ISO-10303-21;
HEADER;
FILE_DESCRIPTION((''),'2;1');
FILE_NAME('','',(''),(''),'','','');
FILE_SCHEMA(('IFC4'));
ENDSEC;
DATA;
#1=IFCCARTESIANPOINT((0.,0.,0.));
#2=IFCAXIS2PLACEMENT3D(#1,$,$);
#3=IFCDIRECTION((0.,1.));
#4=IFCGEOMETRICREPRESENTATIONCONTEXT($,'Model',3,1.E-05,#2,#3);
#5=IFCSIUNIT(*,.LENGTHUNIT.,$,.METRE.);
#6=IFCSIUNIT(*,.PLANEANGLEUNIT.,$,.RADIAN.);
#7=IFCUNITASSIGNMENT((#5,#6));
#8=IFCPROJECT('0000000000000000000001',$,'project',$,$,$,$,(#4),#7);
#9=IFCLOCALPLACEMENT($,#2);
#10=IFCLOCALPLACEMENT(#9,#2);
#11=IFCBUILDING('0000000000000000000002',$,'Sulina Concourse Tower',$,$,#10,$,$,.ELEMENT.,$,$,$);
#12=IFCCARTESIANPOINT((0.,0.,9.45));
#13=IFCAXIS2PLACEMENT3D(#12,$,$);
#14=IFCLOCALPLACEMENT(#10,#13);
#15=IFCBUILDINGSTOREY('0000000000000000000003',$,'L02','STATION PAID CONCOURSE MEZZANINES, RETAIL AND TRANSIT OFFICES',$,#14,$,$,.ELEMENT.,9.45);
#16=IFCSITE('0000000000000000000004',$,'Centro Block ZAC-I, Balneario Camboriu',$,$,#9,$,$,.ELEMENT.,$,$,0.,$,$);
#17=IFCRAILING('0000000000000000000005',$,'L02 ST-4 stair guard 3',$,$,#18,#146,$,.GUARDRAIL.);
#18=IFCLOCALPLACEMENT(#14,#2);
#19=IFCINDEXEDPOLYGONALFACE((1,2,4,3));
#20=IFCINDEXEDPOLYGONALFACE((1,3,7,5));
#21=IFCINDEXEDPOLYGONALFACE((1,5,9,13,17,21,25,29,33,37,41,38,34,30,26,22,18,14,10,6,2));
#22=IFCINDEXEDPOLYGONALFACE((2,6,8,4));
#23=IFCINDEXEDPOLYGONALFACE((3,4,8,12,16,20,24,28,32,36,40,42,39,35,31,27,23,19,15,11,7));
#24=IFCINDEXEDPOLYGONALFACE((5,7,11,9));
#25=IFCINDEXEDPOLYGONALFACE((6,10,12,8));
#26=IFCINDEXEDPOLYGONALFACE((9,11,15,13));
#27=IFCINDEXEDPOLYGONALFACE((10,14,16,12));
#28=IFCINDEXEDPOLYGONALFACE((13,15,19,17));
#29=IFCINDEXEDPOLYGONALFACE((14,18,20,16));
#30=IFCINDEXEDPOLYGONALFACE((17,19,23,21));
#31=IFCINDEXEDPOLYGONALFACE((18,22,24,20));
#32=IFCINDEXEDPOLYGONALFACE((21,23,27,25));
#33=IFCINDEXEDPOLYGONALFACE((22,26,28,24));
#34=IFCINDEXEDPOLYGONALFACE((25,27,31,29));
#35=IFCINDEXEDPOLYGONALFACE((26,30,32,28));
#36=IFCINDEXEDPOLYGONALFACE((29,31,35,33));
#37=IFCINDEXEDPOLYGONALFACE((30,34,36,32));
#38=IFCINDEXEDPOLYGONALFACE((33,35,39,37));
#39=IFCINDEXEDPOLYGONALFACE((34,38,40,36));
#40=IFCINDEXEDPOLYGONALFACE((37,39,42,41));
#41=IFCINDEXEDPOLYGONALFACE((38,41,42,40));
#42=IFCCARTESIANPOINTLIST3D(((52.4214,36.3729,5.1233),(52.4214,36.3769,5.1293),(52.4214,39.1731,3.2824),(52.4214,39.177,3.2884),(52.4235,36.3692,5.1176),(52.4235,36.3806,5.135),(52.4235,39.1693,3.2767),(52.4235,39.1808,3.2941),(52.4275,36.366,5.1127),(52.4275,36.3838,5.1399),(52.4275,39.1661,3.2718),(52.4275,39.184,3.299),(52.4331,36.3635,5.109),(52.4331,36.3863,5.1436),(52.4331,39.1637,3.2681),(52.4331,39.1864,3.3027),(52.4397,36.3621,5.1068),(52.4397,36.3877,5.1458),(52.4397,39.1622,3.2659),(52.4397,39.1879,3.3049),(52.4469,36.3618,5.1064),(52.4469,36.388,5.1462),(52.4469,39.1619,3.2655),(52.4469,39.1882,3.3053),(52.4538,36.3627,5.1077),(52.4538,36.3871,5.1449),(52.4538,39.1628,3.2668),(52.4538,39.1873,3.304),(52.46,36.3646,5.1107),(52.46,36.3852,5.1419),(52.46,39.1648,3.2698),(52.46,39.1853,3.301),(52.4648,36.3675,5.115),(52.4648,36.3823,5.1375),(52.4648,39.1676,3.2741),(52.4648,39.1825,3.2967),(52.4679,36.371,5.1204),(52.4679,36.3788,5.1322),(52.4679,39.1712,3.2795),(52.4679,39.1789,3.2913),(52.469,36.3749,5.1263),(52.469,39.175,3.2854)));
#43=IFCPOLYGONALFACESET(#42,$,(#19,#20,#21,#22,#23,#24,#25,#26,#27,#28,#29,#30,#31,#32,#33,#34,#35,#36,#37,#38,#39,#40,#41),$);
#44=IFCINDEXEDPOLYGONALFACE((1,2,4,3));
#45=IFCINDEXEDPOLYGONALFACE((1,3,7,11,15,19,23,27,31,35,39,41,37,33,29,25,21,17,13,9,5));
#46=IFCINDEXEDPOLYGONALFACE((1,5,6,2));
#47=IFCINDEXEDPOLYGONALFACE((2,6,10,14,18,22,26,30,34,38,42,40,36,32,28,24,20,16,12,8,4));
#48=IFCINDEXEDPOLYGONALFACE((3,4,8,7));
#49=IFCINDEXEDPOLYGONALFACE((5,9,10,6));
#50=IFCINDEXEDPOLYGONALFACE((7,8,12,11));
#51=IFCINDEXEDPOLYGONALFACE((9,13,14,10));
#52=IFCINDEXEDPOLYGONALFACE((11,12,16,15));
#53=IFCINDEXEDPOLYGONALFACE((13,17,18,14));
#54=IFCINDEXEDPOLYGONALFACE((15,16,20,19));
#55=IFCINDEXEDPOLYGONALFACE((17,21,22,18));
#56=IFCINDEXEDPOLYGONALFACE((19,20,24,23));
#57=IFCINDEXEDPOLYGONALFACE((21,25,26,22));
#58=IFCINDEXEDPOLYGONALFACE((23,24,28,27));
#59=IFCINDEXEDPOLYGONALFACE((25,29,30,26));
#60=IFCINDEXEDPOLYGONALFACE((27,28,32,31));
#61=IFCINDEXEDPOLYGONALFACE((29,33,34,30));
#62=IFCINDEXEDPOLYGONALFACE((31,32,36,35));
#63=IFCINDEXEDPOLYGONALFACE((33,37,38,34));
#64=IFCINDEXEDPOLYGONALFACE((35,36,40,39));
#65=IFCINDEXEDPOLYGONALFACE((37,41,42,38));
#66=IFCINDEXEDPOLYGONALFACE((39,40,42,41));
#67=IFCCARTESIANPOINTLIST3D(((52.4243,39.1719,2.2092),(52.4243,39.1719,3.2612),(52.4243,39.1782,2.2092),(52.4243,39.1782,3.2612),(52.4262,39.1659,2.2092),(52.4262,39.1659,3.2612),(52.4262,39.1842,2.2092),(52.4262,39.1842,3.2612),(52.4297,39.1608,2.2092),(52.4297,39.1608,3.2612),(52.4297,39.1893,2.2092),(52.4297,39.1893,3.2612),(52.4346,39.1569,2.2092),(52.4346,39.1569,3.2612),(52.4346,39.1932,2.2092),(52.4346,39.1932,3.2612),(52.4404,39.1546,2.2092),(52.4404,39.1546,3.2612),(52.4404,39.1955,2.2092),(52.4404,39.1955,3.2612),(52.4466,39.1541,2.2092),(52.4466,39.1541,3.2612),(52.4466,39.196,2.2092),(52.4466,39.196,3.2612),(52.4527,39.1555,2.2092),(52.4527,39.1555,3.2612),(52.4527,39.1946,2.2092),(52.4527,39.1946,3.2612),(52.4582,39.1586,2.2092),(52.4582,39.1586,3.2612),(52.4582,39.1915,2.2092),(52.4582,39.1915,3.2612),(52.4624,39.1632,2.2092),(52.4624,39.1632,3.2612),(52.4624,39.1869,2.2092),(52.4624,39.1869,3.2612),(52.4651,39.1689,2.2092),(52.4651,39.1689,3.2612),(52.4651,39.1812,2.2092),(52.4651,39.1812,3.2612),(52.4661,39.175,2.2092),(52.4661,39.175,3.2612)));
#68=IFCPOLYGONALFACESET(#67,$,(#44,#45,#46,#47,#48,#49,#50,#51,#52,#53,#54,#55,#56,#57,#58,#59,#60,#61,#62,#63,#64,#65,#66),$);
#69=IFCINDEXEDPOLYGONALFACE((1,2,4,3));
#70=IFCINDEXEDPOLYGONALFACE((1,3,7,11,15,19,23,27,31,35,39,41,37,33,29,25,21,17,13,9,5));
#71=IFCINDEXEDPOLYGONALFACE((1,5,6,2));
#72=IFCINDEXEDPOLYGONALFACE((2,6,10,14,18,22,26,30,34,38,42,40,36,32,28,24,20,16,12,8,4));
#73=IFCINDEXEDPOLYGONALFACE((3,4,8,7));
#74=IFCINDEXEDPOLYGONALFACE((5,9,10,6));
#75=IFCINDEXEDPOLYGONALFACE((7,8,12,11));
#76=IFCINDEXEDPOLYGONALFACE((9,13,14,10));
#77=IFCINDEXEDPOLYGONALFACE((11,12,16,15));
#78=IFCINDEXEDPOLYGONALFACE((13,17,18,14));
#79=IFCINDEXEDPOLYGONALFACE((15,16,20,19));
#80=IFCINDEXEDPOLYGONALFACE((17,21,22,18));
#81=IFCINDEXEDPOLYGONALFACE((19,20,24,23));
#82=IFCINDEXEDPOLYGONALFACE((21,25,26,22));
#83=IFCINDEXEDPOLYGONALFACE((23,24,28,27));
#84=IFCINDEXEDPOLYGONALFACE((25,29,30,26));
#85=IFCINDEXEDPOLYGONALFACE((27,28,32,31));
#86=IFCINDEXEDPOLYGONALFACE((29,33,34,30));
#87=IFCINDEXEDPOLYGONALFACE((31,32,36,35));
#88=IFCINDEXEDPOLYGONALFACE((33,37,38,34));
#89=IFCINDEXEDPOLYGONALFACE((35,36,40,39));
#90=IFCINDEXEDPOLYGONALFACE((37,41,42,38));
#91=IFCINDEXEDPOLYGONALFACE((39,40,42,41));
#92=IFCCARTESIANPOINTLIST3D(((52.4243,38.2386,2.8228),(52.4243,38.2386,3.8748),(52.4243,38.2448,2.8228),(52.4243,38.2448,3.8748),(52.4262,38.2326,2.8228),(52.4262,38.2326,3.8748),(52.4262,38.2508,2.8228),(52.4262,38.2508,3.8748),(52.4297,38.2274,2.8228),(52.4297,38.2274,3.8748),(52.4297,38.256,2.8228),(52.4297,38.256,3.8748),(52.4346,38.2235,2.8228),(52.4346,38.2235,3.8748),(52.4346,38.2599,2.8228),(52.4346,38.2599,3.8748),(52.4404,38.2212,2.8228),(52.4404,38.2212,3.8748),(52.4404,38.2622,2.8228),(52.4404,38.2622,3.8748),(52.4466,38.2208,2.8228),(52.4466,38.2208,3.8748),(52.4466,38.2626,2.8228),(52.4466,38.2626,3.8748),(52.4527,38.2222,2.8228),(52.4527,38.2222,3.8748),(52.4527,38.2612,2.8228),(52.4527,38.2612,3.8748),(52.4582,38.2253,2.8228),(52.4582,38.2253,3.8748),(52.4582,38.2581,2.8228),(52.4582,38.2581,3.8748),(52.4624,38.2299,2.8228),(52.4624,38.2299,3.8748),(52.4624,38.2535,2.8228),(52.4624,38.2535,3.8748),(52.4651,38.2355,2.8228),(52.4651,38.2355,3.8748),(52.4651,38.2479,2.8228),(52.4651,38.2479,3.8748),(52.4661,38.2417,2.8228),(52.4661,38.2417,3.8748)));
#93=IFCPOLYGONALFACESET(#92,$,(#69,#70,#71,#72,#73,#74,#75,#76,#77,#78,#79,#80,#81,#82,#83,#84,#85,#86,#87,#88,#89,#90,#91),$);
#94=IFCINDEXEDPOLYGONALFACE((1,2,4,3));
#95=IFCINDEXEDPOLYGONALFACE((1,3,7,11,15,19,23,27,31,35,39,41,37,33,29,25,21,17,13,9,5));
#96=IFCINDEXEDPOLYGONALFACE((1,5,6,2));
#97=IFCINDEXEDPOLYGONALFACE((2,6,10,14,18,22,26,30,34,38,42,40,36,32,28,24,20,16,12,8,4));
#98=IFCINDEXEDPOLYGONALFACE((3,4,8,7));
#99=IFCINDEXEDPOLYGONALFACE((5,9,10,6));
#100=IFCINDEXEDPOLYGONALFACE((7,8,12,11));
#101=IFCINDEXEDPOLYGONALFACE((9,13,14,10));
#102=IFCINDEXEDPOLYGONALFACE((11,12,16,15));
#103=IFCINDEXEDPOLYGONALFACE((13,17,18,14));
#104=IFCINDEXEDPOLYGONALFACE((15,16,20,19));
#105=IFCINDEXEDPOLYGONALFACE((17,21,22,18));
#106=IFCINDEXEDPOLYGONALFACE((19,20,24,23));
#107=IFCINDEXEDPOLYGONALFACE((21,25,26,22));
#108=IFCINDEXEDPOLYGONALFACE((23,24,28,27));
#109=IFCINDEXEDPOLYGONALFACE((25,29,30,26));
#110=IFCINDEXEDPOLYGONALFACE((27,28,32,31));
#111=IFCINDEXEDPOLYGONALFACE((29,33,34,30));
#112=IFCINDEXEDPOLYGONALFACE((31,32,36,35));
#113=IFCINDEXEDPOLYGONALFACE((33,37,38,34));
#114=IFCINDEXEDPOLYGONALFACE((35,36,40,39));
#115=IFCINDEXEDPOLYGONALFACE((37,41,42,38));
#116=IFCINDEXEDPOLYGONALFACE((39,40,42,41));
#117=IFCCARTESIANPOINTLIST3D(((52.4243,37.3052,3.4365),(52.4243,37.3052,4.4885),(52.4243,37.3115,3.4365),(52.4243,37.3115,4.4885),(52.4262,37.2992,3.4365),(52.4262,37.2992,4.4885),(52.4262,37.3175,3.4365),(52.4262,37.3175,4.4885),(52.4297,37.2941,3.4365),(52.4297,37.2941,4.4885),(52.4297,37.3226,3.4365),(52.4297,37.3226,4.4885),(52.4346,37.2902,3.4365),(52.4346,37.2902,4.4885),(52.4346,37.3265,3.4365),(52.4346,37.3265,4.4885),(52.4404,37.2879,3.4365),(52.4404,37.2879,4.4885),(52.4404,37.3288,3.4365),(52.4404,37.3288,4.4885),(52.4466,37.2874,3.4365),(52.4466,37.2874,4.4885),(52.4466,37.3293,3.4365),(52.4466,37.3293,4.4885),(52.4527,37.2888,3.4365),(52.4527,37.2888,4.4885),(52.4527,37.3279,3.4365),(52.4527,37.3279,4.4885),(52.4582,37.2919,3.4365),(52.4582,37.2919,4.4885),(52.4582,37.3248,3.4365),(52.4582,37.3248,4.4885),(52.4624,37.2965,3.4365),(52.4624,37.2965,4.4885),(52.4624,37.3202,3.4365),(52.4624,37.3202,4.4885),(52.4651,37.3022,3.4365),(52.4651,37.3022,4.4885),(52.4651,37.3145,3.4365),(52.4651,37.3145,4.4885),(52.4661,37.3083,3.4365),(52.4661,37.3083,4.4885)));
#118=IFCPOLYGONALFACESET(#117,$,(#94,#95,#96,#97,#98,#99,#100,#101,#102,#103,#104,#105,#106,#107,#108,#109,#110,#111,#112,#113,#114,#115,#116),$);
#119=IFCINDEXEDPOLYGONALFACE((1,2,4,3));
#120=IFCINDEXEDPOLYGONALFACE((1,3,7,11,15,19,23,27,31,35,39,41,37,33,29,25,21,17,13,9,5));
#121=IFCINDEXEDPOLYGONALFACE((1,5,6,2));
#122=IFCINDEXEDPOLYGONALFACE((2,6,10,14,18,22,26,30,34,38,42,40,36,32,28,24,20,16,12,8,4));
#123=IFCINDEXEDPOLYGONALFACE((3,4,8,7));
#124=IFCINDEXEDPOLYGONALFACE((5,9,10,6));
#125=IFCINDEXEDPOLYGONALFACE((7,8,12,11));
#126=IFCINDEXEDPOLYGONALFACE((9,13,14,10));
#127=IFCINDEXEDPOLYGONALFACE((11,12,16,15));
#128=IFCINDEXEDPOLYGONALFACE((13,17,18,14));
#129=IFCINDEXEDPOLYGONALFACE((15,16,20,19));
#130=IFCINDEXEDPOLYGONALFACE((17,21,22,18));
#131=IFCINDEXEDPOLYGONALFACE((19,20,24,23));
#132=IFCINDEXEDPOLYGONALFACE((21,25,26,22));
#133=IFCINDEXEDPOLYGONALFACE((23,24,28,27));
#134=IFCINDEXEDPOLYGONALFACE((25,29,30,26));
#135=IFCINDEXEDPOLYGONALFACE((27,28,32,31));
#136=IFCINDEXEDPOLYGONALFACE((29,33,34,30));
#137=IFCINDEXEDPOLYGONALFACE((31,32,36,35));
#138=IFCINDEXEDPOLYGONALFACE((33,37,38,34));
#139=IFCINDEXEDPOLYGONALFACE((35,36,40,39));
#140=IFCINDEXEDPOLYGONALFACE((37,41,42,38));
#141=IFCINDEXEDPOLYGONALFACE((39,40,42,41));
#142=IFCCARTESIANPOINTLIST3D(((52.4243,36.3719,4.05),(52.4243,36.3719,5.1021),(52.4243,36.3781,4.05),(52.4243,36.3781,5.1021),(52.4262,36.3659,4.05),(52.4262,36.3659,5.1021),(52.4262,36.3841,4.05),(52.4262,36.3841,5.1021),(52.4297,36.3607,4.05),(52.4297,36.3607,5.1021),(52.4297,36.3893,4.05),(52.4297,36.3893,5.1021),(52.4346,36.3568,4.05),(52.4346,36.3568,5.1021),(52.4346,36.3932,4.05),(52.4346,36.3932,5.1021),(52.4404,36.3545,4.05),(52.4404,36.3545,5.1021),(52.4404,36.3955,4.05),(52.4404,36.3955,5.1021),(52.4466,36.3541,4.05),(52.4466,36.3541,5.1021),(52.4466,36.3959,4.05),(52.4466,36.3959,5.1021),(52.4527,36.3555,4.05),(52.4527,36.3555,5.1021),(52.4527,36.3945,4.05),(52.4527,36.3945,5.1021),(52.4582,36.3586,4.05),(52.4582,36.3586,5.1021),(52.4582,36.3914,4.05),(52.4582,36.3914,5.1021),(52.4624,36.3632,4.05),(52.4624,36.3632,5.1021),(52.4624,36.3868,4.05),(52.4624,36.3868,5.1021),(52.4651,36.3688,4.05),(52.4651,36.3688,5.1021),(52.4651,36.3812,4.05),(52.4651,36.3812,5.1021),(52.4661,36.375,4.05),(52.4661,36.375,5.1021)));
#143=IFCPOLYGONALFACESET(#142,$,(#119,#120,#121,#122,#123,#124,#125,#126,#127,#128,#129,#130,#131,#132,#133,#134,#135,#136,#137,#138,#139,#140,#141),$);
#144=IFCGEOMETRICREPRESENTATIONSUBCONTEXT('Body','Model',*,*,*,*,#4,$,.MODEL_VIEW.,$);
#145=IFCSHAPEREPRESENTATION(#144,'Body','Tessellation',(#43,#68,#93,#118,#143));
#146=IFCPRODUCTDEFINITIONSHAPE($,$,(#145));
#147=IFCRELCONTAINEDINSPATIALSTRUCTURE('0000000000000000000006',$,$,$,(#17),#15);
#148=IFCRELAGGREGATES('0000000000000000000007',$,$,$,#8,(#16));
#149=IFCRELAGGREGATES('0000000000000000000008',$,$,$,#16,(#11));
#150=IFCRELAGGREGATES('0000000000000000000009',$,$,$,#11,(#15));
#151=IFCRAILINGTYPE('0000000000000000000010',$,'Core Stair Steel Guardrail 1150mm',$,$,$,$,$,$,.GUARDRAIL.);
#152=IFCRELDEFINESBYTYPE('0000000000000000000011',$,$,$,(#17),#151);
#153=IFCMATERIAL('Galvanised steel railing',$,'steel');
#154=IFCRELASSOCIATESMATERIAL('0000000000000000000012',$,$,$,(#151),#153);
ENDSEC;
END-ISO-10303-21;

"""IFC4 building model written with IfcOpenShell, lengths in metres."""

from ifc_helpers import new_model, si_unit, direction, frame, origin, origin_2d, place, context, subcontext, project, spatial, circle, extrude, material, type_object, element, save


model = new_model("IFC4")

# Units and contexts
model_context = context("Model", 3, precision=1e-05, world=origin(), true_north=direction((0.0, 1.0)))
body_context = subcontext(model_context, "Body", "Model", "MODEL_VIEW")
ifc_project = project(units=[si_unit("LENGTHUNIT", "METRE"), si_unit("PLANEANGLEUNIT", "RADIAN")], contexts=[model_context])

# Site, building, storey
site_placement = place(None, origin())
site = spatial("IfcSite", under=ifc_project, at=site_placement, Name="Centro Block ZAC-I, Balneario Camboriu", CompositionType="ELEMENT", RefElevation=0.0)
building_placement = place(site_placement, origin())
building = spatial("IfcBuilding", under=site, at=building_placement, Name="Sulina Concourse Tower", CompositionType="ELEMENT")
storey_placement = place(building_placement, frame((0.0, 0.0, 9.45)))
storey = spatial("IfcBuildingStorey", under=building, at=storey_placement, Name="L02", Description="STATION PAID CONCOURSE MEZZANINES, RETAIL AND TRANSIT OFFICES", CompositionType="ELEMENT", Elevation=9.45)

# Railing
ifc_material_1 = material(Name="Galvanised steel railing", Category="steel")
railing_type_1 = type_object("IfcRailingType", Name="Core Stair Steel Guardrail 1150mm", PredefinedType="GUARDRAIL", material=ifc_material_1)
railing_1_placement = place(storey_placement, frame((52.4451, 39.175, 2.2092)))
element("IfcRailing", 1, at=railing_1_placement, inside=storey, type_object=railing_type_1, Name="L02 ST-4 stair guard 3", PredefinedType="GUARDRAIL", context=body_context, shape_type="SweptSolid", body=[
    extrude(circle(Radius=0.0239, at=origin_2d()), frame((0.0, 0.0, 1.0762), z_axis=(0.0, -0.835598, 0.549342), x_axis=(1.0, 0.0, 0.0)), (0.0, 0.0, 1.0), 3.3511),
    extrude(circle(Radius=0.021, at=origin_2d()), origin(), (0.0, 0.0, 1.0), 1.052),
    extrude(circle(Radius=0.021, at=origin_2d()), frame((0.0, -0.9333, 0.6135)), (0.0, 0.0, 1.0), 1.052),
    extrude(circle(Radius=0.021, at=origin_2d()), frame((0.0, -1.8667, 1.2273)), (0.0, 0.0, 1.0), 1.052),
    extrude(circle(Radius=0.021, at=origin_2d()), frame((0.0, -2.8, 1.8408)), (0.0, 0.0, 1.0), 1.052),
])

save(model, "model.ifc")
